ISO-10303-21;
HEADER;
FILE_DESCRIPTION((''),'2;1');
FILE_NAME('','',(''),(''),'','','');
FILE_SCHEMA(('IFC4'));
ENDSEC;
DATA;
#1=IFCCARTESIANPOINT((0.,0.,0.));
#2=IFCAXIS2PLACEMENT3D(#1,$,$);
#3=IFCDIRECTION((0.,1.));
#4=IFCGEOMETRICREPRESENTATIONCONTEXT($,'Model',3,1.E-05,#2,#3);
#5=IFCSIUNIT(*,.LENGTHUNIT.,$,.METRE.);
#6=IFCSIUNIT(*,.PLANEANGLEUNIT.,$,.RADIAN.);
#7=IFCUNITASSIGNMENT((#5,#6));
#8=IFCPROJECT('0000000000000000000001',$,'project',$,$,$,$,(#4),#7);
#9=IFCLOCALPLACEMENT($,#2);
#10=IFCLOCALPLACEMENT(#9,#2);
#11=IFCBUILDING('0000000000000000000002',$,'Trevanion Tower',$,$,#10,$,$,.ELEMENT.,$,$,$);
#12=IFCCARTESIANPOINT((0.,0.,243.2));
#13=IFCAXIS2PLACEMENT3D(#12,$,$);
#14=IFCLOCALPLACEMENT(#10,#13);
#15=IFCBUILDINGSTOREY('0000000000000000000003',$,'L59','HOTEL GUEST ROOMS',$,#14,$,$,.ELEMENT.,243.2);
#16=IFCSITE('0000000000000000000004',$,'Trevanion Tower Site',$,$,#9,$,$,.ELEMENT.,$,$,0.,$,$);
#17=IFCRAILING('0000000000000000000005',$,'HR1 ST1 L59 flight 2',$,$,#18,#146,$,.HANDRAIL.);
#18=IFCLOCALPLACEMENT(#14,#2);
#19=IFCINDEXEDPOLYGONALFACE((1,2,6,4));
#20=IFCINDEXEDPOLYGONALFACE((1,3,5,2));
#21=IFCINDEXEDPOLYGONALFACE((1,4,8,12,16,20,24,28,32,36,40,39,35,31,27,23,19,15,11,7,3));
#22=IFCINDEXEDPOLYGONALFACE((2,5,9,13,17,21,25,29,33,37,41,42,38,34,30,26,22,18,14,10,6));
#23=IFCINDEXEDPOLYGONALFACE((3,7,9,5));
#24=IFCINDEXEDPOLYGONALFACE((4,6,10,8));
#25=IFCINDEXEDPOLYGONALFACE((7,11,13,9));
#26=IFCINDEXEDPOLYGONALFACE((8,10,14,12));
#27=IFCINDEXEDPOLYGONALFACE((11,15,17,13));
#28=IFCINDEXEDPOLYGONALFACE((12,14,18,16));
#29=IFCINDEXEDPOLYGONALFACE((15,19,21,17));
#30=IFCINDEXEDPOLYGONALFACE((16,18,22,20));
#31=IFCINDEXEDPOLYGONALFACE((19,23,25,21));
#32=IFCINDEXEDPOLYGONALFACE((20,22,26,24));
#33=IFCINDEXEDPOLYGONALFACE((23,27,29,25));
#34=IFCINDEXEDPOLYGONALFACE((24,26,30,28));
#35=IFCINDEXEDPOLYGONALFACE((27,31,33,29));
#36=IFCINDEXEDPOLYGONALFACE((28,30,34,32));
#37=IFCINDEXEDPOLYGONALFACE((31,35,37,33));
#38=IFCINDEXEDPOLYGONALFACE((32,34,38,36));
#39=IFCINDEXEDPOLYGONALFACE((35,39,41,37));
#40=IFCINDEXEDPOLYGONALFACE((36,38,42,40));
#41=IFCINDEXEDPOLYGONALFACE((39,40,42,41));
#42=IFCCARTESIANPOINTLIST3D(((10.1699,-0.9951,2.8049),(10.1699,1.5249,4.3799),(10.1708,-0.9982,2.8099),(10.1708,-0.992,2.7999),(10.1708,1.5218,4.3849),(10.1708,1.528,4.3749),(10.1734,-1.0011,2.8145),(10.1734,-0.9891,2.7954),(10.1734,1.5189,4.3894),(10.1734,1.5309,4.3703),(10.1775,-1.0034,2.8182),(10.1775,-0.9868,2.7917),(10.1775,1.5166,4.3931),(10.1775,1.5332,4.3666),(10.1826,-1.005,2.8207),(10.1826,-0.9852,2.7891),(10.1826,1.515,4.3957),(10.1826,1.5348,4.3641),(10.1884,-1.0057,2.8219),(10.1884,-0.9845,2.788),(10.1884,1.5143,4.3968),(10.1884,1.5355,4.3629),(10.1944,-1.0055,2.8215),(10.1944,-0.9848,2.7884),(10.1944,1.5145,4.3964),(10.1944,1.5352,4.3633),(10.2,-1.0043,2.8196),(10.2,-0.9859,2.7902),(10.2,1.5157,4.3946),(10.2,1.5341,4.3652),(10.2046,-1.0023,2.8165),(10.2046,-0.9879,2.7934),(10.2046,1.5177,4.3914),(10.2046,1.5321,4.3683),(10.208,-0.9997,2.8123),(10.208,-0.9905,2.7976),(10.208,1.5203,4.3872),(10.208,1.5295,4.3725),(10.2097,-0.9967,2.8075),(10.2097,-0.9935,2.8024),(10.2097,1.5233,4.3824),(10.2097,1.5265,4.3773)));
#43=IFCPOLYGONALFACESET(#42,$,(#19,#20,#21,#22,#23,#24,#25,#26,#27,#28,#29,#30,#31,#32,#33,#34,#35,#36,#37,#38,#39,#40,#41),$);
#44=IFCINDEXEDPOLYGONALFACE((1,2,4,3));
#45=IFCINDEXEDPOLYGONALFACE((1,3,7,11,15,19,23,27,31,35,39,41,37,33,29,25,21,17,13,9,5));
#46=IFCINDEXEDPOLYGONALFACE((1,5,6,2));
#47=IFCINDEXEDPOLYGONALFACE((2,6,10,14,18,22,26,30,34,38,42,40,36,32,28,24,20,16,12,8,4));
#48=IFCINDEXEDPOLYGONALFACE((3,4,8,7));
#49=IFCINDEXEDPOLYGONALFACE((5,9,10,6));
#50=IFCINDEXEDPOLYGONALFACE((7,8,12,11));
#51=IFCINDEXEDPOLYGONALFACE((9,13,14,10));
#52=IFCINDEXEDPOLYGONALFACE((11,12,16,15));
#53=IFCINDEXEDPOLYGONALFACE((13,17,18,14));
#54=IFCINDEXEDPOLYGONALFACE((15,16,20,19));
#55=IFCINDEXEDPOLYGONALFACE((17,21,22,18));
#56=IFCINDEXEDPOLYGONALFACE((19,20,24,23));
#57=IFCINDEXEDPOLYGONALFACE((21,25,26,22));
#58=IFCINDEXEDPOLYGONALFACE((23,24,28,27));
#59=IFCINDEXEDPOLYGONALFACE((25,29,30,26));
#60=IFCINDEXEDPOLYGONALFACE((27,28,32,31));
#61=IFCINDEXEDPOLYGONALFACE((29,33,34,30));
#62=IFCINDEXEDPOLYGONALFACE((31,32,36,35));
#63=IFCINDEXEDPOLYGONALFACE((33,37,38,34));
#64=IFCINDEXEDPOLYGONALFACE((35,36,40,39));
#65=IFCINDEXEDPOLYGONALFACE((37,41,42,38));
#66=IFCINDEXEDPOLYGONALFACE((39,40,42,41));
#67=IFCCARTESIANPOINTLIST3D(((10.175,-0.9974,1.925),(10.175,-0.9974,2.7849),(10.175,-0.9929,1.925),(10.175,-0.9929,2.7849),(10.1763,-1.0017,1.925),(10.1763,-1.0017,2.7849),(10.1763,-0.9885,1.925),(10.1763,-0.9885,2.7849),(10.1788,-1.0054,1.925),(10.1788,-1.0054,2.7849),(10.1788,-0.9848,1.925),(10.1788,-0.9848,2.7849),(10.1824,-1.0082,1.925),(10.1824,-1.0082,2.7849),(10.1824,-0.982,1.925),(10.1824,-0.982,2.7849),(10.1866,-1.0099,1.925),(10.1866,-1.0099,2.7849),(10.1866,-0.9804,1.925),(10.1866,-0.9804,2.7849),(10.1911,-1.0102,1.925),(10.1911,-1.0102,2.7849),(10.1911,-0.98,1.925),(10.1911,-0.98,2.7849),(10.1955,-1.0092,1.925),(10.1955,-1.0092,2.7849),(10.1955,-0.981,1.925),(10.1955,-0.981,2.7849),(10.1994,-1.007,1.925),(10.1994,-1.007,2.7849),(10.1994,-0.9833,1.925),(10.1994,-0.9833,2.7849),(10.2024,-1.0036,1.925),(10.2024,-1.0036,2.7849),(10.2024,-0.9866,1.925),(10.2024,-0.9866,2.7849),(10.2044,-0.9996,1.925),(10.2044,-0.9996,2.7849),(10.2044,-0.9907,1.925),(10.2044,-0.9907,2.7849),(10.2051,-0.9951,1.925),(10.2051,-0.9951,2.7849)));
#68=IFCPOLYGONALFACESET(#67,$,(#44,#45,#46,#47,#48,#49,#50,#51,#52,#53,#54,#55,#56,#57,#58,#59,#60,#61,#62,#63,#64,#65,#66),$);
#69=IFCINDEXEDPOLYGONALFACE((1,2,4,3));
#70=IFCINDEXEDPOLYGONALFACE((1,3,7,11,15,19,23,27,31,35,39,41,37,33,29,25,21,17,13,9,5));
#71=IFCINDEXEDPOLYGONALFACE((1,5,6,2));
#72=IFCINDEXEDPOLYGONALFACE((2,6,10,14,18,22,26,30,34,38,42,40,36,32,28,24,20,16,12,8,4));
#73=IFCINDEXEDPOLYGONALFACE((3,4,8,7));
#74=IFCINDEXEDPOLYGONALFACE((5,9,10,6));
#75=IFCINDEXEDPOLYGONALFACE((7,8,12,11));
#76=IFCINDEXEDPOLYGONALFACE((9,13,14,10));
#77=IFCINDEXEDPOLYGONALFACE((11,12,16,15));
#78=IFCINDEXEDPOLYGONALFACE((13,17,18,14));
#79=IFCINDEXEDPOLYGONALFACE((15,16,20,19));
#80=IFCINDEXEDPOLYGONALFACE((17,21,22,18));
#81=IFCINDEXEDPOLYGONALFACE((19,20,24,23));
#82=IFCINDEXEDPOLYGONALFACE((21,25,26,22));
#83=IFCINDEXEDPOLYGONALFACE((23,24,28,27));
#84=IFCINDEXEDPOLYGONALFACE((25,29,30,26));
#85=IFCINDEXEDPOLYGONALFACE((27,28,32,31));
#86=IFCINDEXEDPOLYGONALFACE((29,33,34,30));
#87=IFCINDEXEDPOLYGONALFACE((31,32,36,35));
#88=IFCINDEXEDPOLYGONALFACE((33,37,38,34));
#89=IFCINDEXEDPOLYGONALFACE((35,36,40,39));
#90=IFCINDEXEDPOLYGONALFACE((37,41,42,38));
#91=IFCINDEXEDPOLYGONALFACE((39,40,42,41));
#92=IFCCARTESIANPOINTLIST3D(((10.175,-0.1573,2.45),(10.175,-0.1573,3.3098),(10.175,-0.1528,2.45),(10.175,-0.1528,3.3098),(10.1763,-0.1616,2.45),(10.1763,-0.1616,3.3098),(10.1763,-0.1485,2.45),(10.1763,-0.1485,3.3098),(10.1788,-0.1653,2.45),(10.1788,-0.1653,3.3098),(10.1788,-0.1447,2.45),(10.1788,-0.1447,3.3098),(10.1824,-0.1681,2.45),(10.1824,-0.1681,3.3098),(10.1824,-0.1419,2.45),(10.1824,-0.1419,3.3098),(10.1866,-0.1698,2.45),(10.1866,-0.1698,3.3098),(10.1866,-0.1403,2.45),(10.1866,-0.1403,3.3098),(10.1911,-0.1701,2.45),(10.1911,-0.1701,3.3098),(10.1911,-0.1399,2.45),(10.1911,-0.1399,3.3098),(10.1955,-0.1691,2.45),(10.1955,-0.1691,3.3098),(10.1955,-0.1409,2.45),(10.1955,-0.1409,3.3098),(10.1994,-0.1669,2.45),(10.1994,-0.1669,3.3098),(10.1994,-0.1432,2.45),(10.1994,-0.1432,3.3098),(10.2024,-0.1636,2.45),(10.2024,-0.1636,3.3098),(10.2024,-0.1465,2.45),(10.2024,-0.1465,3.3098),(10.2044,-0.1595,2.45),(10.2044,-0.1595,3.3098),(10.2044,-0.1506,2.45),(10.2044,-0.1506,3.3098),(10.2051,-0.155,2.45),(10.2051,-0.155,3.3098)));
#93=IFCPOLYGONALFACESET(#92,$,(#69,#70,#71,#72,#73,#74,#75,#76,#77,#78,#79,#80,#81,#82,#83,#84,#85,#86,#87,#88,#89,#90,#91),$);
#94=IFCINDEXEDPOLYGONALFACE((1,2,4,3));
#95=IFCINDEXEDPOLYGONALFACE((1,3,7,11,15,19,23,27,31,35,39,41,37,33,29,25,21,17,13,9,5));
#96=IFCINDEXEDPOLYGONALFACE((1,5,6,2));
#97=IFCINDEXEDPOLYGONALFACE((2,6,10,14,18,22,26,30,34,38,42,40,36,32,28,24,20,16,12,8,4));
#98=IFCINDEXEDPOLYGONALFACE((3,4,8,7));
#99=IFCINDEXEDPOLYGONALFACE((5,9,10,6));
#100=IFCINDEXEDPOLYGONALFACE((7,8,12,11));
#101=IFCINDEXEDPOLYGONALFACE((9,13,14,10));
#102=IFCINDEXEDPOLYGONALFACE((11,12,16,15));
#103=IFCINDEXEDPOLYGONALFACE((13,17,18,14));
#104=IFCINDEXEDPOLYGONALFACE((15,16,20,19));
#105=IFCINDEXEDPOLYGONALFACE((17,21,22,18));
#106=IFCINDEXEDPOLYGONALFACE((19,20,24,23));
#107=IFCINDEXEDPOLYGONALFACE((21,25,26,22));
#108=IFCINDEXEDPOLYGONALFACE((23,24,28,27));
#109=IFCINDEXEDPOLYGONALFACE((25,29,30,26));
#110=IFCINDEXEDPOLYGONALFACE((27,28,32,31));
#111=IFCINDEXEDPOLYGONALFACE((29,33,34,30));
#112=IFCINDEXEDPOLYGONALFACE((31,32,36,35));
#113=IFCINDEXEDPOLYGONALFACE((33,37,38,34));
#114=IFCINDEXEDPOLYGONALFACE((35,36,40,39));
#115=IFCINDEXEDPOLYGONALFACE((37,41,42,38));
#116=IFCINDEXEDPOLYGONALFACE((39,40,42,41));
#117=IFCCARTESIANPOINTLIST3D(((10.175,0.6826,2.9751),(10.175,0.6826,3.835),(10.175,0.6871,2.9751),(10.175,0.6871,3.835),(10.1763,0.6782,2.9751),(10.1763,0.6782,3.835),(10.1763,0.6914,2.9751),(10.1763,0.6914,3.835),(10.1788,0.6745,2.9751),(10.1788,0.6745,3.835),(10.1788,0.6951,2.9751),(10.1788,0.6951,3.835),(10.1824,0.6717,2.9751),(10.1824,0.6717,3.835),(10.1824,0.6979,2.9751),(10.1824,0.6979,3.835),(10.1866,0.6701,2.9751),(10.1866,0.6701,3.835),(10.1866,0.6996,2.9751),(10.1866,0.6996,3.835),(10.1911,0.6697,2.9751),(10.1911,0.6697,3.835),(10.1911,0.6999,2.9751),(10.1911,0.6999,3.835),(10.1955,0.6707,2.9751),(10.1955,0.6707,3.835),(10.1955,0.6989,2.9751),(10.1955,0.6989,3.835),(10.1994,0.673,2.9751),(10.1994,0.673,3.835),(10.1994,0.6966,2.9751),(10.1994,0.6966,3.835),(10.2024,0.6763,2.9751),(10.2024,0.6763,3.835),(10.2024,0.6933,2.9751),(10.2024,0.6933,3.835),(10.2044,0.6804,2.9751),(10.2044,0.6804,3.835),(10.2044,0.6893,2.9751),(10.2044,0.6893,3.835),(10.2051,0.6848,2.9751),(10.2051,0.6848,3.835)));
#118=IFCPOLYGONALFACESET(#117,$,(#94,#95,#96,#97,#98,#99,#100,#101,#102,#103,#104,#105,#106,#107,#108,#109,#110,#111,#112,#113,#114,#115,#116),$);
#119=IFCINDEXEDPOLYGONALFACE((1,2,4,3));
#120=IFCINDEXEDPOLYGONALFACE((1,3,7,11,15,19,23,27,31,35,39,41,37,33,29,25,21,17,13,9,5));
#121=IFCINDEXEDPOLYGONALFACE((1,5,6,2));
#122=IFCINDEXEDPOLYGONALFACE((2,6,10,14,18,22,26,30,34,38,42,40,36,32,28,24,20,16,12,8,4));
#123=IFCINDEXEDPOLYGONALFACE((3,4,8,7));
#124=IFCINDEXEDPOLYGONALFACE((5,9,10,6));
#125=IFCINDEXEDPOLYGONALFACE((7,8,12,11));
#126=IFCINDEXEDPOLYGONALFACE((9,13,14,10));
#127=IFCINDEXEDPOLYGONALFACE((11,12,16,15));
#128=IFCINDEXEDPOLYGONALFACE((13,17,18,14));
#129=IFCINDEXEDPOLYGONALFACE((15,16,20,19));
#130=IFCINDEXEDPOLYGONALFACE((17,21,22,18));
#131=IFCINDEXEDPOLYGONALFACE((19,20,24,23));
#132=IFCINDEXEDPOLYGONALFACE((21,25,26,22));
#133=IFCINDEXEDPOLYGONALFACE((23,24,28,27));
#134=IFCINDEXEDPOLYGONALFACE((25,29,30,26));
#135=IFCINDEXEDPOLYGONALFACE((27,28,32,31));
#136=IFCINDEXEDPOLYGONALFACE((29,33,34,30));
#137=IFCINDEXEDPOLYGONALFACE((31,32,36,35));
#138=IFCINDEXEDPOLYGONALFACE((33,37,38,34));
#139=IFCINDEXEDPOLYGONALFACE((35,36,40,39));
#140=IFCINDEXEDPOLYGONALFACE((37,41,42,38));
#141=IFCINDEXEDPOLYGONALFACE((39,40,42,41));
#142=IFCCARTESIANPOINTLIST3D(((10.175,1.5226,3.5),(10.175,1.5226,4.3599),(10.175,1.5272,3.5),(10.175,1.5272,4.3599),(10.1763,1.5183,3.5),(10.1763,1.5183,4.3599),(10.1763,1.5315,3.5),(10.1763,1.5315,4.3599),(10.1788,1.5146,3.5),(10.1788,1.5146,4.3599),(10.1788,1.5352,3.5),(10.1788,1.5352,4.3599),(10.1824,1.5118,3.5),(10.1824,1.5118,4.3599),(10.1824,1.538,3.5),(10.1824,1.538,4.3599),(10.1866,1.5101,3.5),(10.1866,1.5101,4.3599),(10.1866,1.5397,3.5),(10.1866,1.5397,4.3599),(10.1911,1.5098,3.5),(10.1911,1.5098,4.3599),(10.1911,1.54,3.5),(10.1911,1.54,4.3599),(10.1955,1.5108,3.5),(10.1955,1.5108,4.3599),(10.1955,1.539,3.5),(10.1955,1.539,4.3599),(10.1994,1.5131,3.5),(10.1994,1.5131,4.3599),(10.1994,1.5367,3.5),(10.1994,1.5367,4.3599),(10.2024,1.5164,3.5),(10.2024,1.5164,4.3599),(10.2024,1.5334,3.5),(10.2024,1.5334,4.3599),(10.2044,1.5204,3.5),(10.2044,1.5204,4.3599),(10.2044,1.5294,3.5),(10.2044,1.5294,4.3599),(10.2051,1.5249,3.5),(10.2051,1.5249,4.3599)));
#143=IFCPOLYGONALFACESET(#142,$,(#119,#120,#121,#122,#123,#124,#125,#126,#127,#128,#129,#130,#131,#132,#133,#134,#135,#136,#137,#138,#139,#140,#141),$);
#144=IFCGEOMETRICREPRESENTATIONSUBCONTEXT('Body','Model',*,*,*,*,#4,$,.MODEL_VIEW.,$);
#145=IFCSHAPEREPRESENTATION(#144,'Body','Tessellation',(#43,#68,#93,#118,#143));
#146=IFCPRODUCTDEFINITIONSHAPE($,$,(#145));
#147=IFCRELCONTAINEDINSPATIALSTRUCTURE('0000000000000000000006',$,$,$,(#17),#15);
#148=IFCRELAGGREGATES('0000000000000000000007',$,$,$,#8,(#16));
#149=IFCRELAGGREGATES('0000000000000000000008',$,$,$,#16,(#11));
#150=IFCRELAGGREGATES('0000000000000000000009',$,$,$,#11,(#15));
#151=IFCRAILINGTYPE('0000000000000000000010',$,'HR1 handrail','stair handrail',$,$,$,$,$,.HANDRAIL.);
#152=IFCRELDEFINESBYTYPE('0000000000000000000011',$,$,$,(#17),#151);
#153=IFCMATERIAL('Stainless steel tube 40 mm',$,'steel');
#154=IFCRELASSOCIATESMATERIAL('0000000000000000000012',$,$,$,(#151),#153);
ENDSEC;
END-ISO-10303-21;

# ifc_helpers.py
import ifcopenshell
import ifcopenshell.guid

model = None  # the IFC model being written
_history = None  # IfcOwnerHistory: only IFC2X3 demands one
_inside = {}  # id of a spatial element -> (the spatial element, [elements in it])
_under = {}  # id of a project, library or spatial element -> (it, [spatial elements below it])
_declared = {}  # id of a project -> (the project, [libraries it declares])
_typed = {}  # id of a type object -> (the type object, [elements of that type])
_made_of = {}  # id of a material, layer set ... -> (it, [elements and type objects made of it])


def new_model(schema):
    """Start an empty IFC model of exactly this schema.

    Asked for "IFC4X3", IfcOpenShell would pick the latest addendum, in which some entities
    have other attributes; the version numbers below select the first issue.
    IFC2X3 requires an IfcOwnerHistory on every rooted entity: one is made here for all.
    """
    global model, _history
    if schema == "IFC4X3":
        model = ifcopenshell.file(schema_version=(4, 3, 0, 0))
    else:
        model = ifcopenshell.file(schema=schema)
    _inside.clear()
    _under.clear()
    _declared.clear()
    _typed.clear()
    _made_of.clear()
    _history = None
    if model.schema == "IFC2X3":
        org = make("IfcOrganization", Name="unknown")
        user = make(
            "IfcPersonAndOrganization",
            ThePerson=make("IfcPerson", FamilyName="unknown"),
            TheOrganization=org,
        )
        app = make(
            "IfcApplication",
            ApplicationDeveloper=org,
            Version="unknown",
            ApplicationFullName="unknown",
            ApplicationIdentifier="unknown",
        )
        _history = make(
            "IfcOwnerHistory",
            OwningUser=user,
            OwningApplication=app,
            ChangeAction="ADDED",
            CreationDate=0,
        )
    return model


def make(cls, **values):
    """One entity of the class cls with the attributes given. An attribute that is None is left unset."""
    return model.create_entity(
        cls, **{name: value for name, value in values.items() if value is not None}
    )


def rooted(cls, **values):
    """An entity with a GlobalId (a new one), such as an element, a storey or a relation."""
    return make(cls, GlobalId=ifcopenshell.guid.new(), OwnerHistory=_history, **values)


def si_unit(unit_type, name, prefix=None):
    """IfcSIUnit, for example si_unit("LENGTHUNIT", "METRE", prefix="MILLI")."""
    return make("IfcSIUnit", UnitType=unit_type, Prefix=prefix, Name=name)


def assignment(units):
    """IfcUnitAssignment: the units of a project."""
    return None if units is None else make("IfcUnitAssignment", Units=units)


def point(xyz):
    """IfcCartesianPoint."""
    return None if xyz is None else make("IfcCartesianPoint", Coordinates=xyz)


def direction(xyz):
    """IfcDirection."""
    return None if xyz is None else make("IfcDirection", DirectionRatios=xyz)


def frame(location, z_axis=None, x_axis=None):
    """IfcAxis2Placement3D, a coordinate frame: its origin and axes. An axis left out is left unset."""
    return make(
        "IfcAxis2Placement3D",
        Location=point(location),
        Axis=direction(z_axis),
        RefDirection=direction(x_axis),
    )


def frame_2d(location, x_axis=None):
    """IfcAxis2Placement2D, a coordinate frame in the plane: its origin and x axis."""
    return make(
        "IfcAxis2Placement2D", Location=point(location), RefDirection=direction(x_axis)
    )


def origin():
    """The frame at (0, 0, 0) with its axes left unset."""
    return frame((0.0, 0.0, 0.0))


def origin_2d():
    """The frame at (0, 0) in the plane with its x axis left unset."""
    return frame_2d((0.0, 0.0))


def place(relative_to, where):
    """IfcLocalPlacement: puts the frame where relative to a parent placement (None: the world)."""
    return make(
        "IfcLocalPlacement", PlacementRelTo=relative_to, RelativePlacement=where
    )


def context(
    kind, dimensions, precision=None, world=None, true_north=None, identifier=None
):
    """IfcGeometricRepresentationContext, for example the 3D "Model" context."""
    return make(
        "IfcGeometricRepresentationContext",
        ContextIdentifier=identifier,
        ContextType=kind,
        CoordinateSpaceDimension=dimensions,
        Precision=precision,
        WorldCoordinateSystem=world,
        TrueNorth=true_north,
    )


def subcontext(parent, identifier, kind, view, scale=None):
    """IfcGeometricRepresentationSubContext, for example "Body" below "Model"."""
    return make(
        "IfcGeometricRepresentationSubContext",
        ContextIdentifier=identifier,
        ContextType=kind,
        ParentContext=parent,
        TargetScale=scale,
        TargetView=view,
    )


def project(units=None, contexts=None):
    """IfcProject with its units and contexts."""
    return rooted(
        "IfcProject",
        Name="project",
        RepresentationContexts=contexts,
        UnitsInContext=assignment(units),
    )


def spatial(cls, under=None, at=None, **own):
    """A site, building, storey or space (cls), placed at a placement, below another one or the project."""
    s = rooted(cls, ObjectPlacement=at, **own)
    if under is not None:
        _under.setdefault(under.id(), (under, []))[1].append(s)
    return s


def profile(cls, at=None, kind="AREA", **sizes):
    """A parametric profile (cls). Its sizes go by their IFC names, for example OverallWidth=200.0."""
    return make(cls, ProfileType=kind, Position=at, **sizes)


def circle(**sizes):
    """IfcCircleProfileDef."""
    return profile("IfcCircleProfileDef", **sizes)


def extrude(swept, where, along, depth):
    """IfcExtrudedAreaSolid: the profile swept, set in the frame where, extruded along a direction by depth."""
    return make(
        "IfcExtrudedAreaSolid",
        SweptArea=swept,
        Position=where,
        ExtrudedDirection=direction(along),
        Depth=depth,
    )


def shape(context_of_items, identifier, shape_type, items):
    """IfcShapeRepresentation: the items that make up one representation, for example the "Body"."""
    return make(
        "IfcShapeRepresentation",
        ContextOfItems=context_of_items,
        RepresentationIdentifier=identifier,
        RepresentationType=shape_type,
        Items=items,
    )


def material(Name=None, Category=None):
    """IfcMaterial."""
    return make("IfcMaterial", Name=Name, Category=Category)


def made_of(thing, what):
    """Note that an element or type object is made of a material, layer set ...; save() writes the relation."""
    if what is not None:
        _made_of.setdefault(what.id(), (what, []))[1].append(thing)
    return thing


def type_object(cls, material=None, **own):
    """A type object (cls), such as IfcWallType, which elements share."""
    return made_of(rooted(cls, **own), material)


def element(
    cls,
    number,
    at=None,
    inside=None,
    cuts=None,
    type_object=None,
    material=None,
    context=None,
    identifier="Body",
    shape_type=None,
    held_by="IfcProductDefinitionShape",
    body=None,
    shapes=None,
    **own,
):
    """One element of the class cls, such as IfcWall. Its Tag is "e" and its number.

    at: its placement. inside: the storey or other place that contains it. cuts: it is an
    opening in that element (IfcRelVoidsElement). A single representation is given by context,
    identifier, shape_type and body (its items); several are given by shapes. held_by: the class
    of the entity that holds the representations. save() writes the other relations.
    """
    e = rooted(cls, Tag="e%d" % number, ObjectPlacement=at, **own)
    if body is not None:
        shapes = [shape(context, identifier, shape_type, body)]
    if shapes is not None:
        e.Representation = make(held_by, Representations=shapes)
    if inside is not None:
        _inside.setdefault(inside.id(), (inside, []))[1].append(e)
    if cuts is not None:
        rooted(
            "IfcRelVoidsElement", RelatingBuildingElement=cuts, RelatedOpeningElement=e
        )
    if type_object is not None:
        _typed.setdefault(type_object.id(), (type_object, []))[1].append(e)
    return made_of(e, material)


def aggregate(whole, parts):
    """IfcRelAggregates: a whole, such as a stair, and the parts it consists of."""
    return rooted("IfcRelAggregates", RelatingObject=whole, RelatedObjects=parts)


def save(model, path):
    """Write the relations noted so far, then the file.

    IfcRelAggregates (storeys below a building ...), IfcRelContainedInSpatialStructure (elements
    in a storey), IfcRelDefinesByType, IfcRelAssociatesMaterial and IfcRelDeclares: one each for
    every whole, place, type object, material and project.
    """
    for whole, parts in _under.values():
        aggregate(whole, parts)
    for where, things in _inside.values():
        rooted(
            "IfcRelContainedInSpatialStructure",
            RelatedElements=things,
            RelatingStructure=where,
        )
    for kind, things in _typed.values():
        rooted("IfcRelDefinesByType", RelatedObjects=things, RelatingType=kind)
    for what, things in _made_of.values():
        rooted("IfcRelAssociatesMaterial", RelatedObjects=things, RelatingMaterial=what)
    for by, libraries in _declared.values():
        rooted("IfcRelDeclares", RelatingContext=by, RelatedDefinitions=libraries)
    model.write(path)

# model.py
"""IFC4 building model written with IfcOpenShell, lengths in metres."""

from ifc_helpers import new_model, si_unit, direction, frame, origin, origin_2d, place, context, subcontext, project, spatial, circle, extrude, material, type_object, element, save


model = new_model("IFC4")

# Units and contexts
model_context = context("Model", 3, precision=1e-05, world=origin(), true_north=direction((0.0, 1.0)))
body_context = subcontext(model_context, "Body", "Model", "MODEL_VIEW")
ifc_project = project(units=[si_unit("LENGTHUNIT", "METRE"), si_unit("PLANEANGLEUNIT", "RADIAN")], contexts=[model_context])

# Site, building, storey
site_placement = place(None, origin())
site = spatial("IfcSite", under=ifc_project, at=site_placement, Name="Trevanion Tower Site", CompositionType="ELEMENT", RefElevation=0.0)
building_placement = place(site_placement, origin())
building = spatial("IfcBuilding", under=site, at=building_placement, Name="Trevanion Tower", CompositionType="ELEMENT")
storey_placement = place(building_placement, frame((0.0, 0.0, 243.2)))
storey = spatial("IfcBuildingStorey", under=building, at=storey_placement, Name="L59", Description="HOTEL GUEST ROOMS", CompositionType="ELEMENT", Elevation=243.2)

# Railing
ifc_material_1 = material(Name="Stainless steel tube 40 mm", Category="steel")
railing_type = type_object("IfcRailingType", Name="HR1 handrail", Description="stair handrail", PredefinedType="HANDRAIL", material=ifc_material_1)
for number, where, name in (
    (1, (10.1899, -0.9951, 1.925), "HR1 ST1 L59 flight 2"),
):
    element("IfcRailing", number, at=place(storey_placement, frame(where)), inside=storey, type_object=railing_type, Name=name, PredefinedType="HANDRAIL", context=body_context, shape_type="SweptSolid", body=[
        extrude(circle(Radius=0.02, at=origin_2d()), frame((0.0, 0.0, 0.8799), z_axis=(0.0, 0.848008, 0.529984), x_axis=(-1.0, 0.0, 0.0)), (0.0, 0.0, 1.0), 2.9717),
        extrude(circle(Radius=0.0151, at=origin_2d()), origin(), (0.0, 0.0, 1.0), 0.8599),
        extrude(circle(Radius=0.0151, at=origin_2d()), frame((0.0, 0.8401, 0.5249)), (0.0, 0.0, 1.0), 0.8599),
        extrude(circle(Radius=0.0151, at=origin_2d()), frame((0.0, 1.6799, 1.05)), (0.0, 0.0, 1.0), 0.8599),
        extrude(circle(Radius=0.0151, at=origin_2d()), frame((0.0, 2.52, 1.575)), (0.0, 0.0, 1.0), 0.8599),
    ])

save(model, "model.ifc")
